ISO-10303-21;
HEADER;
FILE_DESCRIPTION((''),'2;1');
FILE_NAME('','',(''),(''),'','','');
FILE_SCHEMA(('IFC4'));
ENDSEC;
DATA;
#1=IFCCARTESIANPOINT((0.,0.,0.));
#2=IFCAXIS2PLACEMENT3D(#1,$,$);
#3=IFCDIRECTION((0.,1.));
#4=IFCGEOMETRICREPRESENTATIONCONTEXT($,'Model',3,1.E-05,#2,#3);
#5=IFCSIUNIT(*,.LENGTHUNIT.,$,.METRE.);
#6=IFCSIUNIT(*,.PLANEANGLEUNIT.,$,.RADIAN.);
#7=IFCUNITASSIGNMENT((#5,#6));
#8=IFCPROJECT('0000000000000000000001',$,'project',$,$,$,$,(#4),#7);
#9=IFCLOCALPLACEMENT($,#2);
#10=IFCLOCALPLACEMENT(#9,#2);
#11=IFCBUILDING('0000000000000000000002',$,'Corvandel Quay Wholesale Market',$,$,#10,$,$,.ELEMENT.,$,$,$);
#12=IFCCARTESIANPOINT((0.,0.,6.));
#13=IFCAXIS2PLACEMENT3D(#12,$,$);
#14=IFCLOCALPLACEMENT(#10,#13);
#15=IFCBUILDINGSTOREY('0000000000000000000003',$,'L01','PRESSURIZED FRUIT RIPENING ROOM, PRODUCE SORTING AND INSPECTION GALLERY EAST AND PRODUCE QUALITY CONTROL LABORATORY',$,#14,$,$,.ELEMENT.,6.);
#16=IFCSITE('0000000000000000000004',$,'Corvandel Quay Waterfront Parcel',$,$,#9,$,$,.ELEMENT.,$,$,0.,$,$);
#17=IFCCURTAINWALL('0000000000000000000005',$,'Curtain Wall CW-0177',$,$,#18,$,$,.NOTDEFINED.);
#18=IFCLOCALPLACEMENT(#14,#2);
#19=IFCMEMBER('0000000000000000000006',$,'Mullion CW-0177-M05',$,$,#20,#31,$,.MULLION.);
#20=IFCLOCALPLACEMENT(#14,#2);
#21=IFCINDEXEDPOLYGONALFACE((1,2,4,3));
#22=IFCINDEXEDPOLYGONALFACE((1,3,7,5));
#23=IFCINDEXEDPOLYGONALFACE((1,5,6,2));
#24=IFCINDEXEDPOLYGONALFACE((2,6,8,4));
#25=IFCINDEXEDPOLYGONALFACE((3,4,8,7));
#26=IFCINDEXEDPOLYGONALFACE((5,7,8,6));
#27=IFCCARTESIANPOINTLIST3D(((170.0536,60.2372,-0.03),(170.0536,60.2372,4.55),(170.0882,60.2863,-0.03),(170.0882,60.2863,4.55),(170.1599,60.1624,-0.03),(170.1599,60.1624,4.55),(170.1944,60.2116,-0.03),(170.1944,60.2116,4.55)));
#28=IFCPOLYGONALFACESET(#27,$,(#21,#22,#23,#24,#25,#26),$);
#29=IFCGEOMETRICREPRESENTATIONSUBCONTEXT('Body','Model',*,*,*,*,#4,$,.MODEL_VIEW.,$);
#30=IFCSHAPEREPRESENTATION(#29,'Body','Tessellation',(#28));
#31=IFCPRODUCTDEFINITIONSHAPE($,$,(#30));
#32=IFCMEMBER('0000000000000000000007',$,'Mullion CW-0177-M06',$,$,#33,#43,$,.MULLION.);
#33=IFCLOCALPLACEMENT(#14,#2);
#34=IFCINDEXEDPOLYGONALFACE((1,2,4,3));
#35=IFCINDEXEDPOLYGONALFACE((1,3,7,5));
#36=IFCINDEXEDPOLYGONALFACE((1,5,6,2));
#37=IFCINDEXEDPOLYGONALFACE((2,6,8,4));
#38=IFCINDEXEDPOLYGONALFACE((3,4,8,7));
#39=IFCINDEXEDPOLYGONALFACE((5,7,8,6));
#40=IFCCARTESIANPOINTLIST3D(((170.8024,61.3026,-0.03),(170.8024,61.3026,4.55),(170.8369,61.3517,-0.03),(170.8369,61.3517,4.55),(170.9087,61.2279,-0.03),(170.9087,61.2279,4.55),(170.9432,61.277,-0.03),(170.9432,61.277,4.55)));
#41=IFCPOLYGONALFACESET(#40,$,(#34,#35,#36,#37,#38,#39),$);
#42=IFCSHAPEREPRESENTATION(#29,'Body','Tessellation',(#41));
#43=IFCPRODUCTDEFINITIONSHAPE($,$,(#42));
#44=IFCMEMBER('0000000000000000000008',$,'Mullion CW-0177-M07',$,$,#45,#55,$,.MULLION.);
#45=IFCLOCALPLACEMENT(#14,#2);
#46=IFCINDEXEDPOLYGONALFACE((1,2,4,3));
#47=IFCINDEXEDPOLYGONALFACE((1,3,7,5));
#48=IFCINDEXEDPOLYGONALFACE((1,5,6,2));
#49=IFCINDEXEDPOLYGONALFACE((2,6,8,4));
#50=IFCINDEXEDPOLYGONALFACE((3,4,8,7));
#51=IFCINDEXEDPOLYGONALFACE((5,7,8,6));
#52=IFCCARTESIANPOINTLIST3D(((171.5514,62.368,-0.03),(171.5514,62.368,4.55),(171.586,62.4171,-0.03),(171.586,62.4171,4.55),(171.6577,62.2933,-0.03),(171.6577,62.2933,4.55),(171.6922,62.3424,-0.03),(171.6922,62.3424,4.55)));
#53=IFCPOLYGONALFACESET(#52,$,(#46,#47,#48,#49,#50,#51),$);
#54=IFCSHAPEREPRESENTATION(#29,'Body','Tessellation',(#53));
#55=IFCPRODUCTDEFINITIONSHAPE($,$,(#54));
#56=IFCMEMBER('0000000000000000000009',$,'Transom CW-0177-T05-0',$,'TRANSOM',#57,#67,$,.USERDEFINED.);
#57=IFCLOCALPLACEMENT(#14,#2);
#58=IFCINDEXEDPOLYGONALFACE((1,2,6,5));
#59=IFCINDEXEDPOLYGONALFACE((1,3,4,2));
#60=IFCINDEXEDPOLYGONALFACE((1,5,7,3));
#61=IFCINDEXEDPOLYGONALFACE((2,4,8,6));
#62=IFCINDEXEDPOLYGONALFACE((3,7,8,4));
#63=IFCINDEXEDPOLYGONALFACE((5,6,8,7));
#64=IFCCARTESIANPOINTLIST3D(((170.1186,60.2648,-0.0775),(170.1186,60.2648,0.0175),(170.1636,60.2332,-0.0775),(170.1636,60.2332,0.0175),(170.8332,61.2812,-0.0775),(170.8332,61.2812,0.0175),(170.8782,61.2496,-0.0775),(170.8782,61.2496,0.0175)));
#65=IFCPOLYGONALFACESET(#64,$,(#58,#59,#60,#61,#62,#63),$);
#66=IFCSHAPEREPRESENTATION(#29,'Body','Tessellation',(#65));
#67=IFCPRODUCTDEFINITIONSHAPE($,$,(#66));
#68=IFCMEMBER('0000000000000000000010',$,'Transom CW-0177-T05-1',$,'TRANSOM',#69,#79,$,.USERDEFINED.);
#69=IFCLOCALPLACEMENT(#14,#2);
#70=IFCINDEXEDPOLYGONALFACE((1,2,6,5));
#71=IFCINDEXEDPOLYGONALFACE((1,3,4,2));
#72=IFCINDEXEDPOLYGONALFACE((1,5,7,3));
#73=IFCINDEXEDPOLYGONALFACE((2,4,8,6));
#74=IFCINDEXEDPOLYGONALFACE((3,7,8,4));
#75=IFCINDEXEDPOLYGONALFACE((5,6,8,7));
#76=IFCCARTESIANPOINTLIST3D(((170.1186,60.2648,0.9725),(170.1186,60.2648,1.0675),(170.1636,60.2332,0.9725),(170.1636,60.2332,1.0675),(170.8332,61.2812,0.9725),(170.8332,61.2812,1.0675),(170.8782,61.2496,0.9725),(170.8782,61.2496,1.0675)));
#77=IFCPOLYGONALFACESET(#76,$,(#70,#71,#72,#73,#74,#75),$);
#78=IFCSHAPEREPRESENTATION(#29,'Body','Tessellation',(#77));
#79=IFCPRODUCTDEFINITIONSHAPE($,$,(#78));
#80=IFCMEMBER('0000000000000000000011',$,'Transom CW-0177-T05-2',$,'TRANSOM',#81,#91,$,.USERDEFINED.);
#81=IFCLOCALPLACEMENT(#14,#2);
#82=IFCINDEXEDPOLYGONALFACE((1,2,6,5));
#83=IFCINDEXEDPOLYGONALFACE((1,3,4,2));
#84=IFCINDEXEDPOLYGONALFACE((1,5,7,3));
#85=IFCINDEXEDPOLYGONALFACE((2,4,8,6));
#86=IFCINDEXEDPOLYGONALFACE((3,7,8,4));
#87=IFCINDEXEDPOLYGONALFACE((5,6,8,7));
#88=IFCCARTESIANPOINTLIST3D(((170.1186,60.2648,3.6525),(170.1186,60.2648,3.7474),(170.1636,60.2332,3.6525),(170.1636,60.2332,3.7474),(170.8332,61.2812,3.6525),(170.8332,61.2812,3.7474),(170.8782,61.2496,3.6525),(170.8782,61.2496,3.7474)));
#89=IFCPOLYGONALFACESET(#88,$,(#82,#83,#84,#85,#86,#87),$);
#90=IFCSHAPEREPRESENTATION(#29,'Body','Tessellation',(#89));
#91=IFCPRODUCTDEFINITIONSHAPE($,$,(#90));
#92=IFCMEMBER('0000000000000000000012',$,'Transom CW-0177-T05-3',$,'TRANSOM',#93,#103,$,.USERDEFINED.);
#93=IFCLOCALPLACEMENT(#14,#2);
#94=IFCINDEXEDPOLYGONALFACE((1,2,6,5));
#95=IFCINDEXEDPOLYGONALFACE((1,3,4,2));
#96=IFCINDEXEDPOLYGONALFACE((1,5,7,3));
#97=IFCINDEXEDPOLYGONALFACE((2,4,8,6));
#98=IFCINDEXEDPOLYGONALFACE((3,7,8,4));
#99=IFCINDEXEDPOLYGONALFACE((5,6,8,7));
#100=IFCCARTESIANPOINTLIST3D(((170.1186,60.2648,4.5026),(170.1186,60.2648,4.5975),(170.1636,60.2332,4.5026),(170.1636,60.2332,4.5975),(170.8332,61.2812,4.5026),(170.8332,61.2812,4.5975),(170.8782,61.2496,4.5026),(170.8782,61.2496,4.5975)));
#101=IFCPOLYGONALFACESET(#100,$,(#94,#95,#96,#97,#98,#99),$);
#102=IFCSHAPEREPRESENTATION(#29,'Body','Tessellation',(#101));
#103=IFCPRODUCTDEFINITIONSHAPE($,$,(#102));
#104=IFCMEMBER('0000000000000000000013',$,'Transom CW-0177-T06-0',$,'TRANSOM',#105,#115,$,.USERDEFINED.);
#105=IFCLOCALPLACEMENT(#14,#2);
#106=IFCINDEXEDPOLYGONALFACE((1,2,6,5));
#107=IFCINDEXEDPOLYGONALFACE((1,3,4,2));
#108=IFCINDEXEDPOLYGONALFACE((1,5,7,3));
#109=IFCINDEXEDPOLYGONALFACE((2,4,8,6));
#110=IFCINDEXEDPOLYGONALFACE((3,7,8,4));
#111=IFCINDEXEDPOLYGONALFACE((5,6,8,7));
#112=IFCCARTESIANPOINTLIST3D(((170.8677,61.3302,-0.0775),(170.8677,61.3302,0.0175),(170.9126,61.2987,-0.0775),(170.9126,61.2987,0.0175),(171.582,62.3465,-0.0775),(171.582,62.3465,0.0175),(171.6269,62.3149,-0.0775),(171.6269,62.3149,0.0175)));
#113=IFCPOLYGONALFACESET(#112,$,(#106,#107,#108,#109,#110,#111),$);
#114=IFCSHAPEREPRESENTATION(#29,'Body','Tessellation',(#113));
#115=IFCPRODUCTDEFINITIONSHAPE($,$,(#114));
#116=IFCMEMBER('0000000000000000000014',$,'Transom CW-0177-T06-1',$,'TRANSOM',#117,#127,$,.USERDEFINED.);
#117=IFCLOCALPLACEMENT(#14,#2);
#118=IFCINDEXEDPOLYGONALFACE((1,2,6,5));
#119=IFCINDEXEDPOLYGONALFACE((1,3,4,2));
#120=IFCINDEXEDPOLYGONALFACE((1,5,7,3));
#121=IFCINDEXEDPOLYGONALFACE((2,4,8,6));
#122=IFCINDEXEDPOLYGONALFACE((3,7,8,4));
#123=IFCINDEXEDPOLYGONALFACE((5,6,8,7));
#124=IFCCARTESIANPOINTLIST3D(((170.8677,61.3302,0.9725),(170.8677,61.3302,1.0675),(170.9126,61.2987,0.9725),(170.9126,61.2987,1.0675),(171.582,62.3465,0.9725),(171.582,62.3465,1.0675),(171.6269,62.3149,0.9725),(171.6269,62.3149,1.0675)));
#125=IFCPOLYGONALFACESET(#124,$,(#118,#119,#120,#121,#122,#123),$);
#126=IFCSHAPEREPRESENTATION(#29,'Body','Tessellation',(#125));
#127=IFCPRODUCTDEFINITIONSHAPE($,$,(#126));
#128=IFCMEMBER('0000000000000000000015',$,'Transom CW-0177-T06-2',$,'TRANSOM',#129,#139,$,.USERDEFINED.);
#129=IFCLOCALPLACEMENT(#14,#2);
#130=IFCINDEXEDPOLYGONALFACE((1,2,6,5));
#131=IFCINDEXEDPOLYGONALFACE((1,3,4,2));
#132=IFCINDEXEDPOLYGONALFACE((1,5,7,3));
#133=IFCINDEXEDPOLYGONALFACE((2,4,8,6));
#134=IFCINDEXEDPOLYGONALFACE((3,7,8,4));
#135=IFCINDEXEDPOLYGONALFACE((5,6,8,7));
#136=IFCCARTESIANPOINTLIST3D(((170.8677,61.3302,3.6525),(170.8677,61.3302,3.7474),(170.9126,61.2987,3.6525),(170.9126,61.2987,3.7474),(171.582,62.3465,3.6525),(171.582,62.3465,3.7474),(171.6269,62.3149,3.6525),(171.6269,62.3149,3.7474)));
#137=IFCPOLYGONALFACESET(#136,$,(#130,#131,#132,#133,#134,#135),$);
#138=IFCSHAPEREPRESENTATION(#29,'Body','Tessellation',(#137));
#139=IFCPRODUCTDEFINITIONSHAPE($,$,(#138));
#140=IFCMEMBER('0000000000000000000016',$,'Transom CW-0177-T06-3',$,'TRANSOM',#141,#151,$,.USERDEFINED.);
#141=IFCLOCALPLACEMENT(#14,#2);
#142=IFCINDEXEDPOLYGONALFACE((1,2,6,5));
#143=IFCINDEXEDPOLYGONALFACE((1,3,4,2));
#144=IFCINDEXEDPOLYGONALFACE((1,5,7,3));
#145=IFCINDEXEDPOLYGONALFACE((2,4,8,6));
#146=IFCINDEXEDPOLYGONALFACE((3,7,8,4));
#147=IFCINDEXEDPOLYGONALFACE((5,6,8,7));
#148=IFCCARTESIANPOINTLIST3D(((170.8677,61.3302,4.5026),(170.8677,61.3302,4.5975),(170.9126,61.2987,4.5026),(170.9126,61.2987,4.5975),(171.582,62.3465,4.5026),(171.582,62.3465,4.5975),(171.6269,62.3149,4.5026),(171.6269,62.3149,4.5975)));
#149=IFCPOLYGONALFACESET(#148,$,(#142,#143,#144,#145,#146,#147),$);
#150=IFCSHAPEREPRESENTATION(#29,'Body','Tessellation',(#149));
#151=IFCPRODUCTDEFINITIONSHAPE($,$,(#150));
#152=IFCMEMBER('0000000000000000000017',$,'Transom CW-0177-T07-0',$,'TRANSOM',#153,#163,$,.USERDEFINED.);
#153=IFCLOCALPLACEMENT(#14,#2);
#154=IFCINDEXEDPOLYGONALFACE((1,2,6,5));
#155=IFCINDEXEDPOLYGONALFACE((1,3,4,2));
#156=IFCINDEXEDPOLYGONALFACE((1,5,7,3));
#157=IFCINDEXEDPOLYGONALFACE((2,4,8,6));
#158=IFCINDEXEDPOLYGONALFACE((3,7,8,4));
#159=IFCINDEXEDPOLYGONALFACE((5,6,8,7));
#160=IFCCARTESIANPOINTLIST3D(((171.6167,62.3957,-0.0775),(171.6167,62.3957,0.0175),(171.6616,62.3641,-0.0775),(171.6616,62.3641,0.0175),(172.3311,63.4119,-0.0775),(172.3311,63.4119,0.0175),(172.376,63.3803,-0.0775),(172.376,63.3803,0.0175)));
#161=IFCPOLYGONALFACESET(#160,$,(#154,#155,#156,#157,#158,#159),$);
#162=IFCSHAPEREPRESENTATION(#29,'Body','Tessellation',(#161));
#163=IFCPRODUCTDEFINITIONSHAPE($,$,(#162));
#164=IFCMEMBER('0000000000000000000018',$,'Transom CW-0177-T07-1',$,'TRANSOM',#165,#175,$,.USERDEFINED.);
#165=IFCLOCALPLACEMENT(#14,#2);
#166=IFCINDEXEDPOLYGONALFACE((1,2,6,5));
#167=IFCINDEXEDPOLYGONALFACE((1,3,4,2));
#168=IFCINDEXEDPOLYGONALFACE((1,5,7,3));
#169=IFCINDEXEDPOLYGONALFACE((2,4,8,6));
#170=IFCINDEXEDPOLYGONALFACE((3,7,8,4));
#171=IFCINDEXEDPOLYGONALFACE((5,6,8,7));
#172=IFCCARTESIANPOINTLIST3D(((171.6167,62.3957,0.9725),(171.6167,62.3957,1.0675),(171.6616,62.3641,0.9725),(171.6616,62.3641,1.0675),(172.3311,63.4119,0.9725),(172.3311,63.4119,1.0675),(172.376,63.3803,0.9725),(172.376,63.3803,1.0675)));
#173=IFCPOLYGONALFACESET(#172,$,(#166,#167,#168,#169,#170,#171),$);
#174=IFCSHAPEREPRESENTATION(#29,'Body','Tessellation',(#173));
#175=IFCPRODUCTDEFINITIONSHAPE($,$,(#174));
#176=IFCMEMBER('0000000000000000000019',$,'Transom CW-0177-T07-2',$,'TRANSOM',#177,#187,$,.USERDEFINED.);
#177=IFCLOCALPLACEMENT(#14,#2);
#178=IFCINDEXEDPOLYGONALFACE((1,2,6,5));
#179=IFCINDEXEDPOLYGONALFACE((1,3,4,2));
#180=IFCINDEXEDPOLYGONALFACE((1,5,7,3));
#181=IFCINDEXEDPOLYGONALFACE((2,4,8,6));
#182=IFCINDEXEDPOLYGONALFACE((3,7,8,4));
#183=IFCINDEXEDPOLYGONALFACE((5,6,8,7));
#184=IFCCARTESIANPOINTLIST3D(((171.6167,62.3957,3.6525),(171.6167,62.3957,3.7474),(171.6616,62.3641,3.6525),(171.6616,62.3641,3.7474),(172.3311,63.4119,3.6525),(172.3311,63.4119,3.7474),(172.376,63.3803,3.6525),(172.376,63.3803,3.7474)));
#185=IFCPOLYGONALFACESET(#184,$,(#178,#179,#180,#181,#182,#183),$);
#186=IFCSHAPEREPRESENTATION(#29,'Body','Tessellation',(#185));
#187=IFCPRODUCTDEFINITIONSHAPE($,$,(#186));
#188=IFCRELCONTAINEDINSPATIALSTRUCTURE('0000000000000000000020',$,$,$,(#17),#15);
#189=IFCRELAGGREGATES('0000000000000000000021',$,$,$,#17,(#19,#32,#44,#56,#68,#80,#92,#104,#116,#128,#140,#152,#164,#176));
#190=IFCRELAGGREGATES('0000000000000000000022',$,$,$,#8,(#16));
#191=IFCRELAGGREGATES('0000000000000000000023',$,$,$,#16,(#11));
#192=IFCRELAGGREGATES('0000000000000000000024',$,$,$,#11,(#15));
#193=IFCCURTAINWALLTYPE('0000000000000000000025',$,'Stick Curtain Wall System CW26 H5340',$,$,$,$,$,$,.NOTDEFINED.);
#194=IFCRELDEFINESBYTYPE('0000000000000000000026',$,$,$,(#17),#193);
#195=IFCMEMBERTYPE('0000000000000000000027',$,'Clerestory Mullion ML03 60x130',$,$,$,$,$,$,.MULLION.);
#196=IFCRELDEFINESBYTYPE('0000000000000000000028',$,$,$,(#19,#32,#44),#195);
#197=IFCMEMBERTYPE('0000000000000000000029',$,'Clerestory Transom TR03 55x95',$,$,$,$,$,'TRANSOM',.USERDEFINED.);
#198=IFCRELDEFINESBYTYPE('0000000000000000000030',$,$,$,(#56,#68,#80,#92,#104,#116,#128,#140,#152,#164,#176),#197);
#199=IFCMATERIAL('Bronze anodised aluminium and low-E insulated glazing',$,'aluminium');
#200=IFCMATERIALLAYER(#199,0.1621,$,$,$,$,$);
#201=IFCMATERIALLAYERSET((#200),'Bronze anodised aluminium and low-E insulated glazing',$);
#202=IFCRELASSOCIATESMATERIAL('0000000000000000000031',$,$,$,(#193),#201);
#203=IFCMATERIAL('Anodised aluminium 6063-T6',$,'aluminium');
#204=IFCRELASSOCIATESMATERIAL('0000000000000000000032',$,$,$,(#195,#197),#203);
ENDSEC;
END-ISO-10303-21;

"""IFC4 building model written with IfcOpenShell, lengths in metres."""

from ifc_helpers import new_model, si_unit, direction, frame, origin, origin_2d, place, context, subcontext, project, spatial, rectangle, extrude, material, layer, layer_set, material_profile, profile_set, type_object, element, aggregate, save


model = new_model("IFC4")

# Units and contexts
model_context = context("Model", 3, precision=1e-05, world=origin(), true_north=direction((0.0, 1.0)))
body_context = subcontext(model_context, "Body", "Model", "MODEL_VIEW")
ifc_project = project(units=[si_unit("LENGTHUNIT", "METRE"), si_unit("PLANEANGLEUNIT", "RADIAN")], contexts=[model_context])

# Site, building, storey
site_placement = place(None, origin())
site = spatial("IfcSite", under=ifc_project, at=site_placement, Name="Corvandel Quay Waterfront Parcel", CompositionType="ELEMENT", RefElevation=0.0)
building_placement = place(site_placement, origin())
building = spatial("IfcBuilding", under=site, at=building_placement, Name="Corvandel Quay Wholesale Market", CompositionType="ELEMENT")
storey_placement = place(building_placement, frame((0.0, 0.0, 6.0)))
storey = spatial("IfcBuildingStorey", under=building, at=storey_placement, Name="L01", Description="PRESSURIZED FRUIT RIPENING ROOM, PRODUCE SORTING AND INSPECTION GALLERY EAST AND PRODUCE QUALITY CONTROL LABORATORY", CompositionType="ELEMENT", Elevation=6.0)

# Curtain wall, members
ifc_material_1 = material(Name="Bronze anodised aluminium and low-E insulated glazing", Category="aluminium")
ifc_layer_1 = layer(ifc_material_1, 0.1621)
ifc_layer_set_1 = layer_set([ifc_layer_1], Name="Bronze anodised aluminium and low-E insulated glazing")
curtain_wall_type = type_object("IfcCurtainWallType", Name="Stick Curtain Wall System CW26 H5340", PredefinedType="NOTDEFINED", material=ifc_layer_set_1)
curtain_wall_placement = place(storey_placement, origin())
curtain_wall = element("IfcCurtainWall", 1, at=curtain_wall_placement, inside=storey, type_object=curtain_wall_type, Name="Curtain Wall CW-0177", PredefinedType="NOTDEFINED")
ifc_material_2 = material(Name="Anodised aluminium 6063-T6", Category="aluminium")
ifc_material_profile_1 = material_profile(ifc_material_2, rectangle(XDim=0.0601, YDim=0.1299, at=origin_2d()), Name="ALU-MUL-60x130")
ifc_profile_set_1 = profile_set([ifc_material_profile_1], Name="Anodised aluminium 6063-T6")
member_type_1 = type_object("IfcMemberType", Name="Clerestory Mullion ML03 60x130", PredefinedType="MULLION", material=ifc_profile_set_1)
member_1_placement = place(storey_placement, frame((170.124, 60.2244, -0.03), z_axis=(0.0, 0.0, 1.0), x_axis=(0.575148, 0.818049, 0.0)))
member_1 = element("IfcMember", 2, at=member_1_placement, type_object=member_type_1, Name="Mullion CW-0177-M05", PredefinedType="MULLION", context=body_context, shape_type="SweptSolid", body=[
    extrude(rectangle(XDim=0.0601, YDim=0.1299, at=origin_2d()), origin(), (0.0, 0.0, 1.0), 4.5801),
])
member_2_placement = place(storey_placement, frame((170.8728, 61.2898, -0.03), z_axis=(0.0, 0.0, 1.0), x_axis=(0.575148, 0.818049, 0.0)))
member_2 = element("IfcMember", 3, at=member_2_placement, type_object=member_type_1, Name="Mullion CW-0177-M06", PredefinedType="MULLION", context=body_context, shape_type="SweptSolid", body=[
    extrude(rectangle(XDim=0.0601, YDim=0.1299, at=origin_2d()), origin(), (0.0, 0.0, 1.0), 4.5801),
])
member_3_placement = place(storey_placement, frame((171.6218, 62.3552, -0.03), z_axis=(0.0, 0.0, 1.0), x_axis=(0.575148, 0.818049, 0.0)))
member_3 = element("IfcMember", 4, at=member_3_placement, type_object=member_type_1, Name="Mullion CW-0177-M07", PredefinedType="MULLION", context=body_context, shape_type="SweptSolid", body=[
    extrude(rectangle(XDim=0.0601, YDim=0.1299, at=origin_2d()), origin(), (0.0, 0.0, 1.0), 4.5801),
])
ifc_material_profile_2 = material_profile(ifc_material_2, rectangle(XDim=0.0549, YDim=0.095, at=origin_2d()), Name="ALU-TRN-55x95")
ifc_profile_set_2 = profile_set([ifc_material_profile_2], Name="Anodised aluminium 6063-T6")
member_type_2 = type_object("IfcMemberType", Name="Clerestory Transom TR03 55x95", ElementType="TRANSOM", PredefinedType="USERDEFINED", material=ifc_profile_set_2)
member_4_placement = place(storey_placement, frame((170.1411, 60.249, -0.03), z_axis=(0.575162, 0.818039, 0.0), x_axis=(-0.818039, 0.575162, 0.0)))
member_4 = element("IfcMember", 5, at=member_4_placement, type_object=member_type_2, Name="Transom CW-0177-T05-0", ObjectType="TRANSOM", PredefinedType="USERDEFINED", context=body_context, shape_type="SweptSolid", body=[
    extrude(rectangle(XDim=0.0549, YDim=0.095, at=origin_2d()), origin(), (0.0, 0.0, 1.0), 1.2424),
])
member_5_placement = place(storey_placement, frame((170.1411, 60.249, 1.02), z_axis=(0.575162, 0.818039, 0.0), x_axis=(-0.818039, 0.575162, 0.0)))
member_5 = element("IfcMember", 6, at=member_5_placement, type_object=member_type_2, Name="Transom CW-0177-T05-1", ObjectType="TRANSOM", PredefinedType="USERDEFINED", context=body_context, shape_type="SweptSolid", body=[
    extrude(rectangle(XDim=0.0549, YDim=0.095, at=origin_2d()), origin(), (0.0, 0.0, 1.0), 1.2424),
])
member_6_placement = place(storey_placement, frame((170.1411, 60.249, 3.7), z_axis=(0.575162, 0.818039, 0.0), x_axis=(-0.818039, 0.575162, 0.0)))
member_6 = element("IfcMember", 7, at=member_6_placement, type_object=member_type_2, Name="Transom CW-0177-T05-2", ObjectType="TRANSOM", PredefinedType="USERDEFINED", context=body_context, shape_type="SweptSolid", body=[
    extrude(rectangle(XDim=0.0549, YDim=0.095, at=origin_2d()), origin(), (0.0, 0.0, 1.0), 1.2424),
])
member_7_placement = place(storey_placement, frame((170.1411, 60.249, 4.55), z_axis=(0.575162, 0.818039, 0.0), x_axis=(-0.818039, 0.575162, 0.0)))
member_7 = element("IfcMember", 8, at=member_7_placement, type_object=member_type_2, Name="Transom CW-0177-T05-3", ObjectType="TRANSOM", PredefinedType="USERDEFINED", context=body_context, shape_type="SweptSolid", body=[
    extrude(rectangle(XDim=0.0549, YDim=0.095, at=origin_2d()), origin(), (0.0, 0.0, 1.0), 1.2424),
])
member_8_placement = place(storey_placement, frame((170.8901, 61.3145, -0.03), z_axis=(0.575031, 0.818132, 0.0), x_axis=(-0.818132, 0.575031, 0.0)))
member_8 = element("IfcMember", 9, at=member_8_placement, type_object=member_type_2, Name="Transom CW-0177-T06-0", ObjectType="TRANSOM", PredefinedType="USERDEFINED", context=body_context, shape_type="SweptSolid", body=[
    extrude(rectangle(XDim=0.0549, YDim=0.095, at=origin_2d()), origin(), (0.0, 0.0, 1.0), 1.2422),
])
member_9_placement = place(storey_placement, frame((170.8901, 61.3145, 1.02), z_axis=(0.575031, 0.818132, 0.0), x_axis=(-0.818132, 0.575031, 0.0)))
member_9 = element("IfcMember", 10, at=member_9_placement, type_object=member_type_2, Name="Transom CW-0177-T06-1", ObjectType="TRANSOM", PredefinedType="USERDEFINED", context=body_context, shape_type="SweptSolid", body=[
    extrude(rectangle(XDim=0.0549, YDim=0.095, at=origin_2d()), origin(), (0.0, 0.0, 1.0), 1.2422),
])
member_10_placement = place(storey_placement, frame((170.8901, 61.3145, 3.7), z_axis=(0.575031, 0.818132, 0.0), x_axis=(-0.818132, 0.575031, 0.0)))
member_10 = element("IfcMember", 11, at=member_10_placement, type_object=member_type_2, Name="Transom CW-0177-T06-2", ObjectType="TRANSOM", PredefinedType="USERDEFINED", context=body_context, shape_type="SweptSolid", body=[
    extrude(rectangle(XDim=0.0549, YDim=0.095, at=origin_2d()), origin(), (0.0, 0.0, 1.0), 1.2422),
])
member_11_placement = place(storey_placement, frame((170.8901, 61.3145, 4.55), z_axis=(0.575031, 0.818132, 0.0), x_axis=(-0.818132, 0.575031, 0.0)))
member_11 = element("IfcMember", 12, at=member_11_placement, type_object=member_type_2, Name="Transom CW-0177-T06-3", ObjectType="TRANSOM", PredefinedType="USERDEFINED", context=body_context, shape_type="SweptSolid", body=[
    extrude(rectangle(XDim=0.0549, YDim=0.095, at=origin_2d()), origin(), (0.0, 0.0, 1.0), 1.2422),
])
member_12_placement = place(storey_placement, frame((171.6392, 62.3799, -0.03), z_axis=(0.575123, 0.818067, 0.0), x_axis=(-0.818067, 0.575123, 0.0)))
member_12 = element("IfcMember", 13, at=member_12_placement, type_object=member_type_2, Name="Transom CW-0177-T07-0", ObjectType="TRANSOM", PredefinedType="USERDEFINED", context=body_context, shape_type="SweptSolid", body=[
    extrude(rectangle(XDim=0.0549, YDim=0.095, at=origin_2d()), origin(), (0.0, 0.0, 1.0), 1.2422),
])
member_13_placement = place(storey_placement, frame((171.6392, 62.3799, 1.02), z_axis=(0.575123, 0.818067, 0.0), x_axis=(-0.818067, 0.575123, 0.0)))
member_13 = element("IfcMember", 14, at=member_13_placement, type_object=member_type_2, Name="Transom CW-0177-T07-1", ObjectType="TRANSOM", PredefinedType="USERDEFINED", context=body_context, shape_type="SweptSolid", body=[
    extrude(rectangle(XDim=0.0549, YDim=0.095, at=origin_2d()), origin(), (0.0, 0.0, 1.0), 1.2422),
])
member_14_placement = place(storey_placement, frame((171.6392, 62.3799, 3.7), z_axis=(0.575123, 0.818067, 0.0), x_axis=(-0.818067, 0.575123, 0.0)))
member_14 = element("IfcMember", 15, at=member_14_placement, type_object=member_type_2, Name="Transom CW-0177-T07-2", ObjectType="TRANSOM", PredefinedType="USERDEFINED", context=body_context, shape_type="SweptSolid", body=[
    extrude(rectangle(XDim=0.0549, YDim=0.095, at=origin_2d()), origin(), (0.0, 0.0, 1.0), 1.2422),
])
aggregate(curtain_wall, [member_1, member_2, member_3, member_4, member_5, member_6, member_7, member_8, member_9, member_10, member_11, member_12, member_13, member_14])

save(model, "model.ifc")
